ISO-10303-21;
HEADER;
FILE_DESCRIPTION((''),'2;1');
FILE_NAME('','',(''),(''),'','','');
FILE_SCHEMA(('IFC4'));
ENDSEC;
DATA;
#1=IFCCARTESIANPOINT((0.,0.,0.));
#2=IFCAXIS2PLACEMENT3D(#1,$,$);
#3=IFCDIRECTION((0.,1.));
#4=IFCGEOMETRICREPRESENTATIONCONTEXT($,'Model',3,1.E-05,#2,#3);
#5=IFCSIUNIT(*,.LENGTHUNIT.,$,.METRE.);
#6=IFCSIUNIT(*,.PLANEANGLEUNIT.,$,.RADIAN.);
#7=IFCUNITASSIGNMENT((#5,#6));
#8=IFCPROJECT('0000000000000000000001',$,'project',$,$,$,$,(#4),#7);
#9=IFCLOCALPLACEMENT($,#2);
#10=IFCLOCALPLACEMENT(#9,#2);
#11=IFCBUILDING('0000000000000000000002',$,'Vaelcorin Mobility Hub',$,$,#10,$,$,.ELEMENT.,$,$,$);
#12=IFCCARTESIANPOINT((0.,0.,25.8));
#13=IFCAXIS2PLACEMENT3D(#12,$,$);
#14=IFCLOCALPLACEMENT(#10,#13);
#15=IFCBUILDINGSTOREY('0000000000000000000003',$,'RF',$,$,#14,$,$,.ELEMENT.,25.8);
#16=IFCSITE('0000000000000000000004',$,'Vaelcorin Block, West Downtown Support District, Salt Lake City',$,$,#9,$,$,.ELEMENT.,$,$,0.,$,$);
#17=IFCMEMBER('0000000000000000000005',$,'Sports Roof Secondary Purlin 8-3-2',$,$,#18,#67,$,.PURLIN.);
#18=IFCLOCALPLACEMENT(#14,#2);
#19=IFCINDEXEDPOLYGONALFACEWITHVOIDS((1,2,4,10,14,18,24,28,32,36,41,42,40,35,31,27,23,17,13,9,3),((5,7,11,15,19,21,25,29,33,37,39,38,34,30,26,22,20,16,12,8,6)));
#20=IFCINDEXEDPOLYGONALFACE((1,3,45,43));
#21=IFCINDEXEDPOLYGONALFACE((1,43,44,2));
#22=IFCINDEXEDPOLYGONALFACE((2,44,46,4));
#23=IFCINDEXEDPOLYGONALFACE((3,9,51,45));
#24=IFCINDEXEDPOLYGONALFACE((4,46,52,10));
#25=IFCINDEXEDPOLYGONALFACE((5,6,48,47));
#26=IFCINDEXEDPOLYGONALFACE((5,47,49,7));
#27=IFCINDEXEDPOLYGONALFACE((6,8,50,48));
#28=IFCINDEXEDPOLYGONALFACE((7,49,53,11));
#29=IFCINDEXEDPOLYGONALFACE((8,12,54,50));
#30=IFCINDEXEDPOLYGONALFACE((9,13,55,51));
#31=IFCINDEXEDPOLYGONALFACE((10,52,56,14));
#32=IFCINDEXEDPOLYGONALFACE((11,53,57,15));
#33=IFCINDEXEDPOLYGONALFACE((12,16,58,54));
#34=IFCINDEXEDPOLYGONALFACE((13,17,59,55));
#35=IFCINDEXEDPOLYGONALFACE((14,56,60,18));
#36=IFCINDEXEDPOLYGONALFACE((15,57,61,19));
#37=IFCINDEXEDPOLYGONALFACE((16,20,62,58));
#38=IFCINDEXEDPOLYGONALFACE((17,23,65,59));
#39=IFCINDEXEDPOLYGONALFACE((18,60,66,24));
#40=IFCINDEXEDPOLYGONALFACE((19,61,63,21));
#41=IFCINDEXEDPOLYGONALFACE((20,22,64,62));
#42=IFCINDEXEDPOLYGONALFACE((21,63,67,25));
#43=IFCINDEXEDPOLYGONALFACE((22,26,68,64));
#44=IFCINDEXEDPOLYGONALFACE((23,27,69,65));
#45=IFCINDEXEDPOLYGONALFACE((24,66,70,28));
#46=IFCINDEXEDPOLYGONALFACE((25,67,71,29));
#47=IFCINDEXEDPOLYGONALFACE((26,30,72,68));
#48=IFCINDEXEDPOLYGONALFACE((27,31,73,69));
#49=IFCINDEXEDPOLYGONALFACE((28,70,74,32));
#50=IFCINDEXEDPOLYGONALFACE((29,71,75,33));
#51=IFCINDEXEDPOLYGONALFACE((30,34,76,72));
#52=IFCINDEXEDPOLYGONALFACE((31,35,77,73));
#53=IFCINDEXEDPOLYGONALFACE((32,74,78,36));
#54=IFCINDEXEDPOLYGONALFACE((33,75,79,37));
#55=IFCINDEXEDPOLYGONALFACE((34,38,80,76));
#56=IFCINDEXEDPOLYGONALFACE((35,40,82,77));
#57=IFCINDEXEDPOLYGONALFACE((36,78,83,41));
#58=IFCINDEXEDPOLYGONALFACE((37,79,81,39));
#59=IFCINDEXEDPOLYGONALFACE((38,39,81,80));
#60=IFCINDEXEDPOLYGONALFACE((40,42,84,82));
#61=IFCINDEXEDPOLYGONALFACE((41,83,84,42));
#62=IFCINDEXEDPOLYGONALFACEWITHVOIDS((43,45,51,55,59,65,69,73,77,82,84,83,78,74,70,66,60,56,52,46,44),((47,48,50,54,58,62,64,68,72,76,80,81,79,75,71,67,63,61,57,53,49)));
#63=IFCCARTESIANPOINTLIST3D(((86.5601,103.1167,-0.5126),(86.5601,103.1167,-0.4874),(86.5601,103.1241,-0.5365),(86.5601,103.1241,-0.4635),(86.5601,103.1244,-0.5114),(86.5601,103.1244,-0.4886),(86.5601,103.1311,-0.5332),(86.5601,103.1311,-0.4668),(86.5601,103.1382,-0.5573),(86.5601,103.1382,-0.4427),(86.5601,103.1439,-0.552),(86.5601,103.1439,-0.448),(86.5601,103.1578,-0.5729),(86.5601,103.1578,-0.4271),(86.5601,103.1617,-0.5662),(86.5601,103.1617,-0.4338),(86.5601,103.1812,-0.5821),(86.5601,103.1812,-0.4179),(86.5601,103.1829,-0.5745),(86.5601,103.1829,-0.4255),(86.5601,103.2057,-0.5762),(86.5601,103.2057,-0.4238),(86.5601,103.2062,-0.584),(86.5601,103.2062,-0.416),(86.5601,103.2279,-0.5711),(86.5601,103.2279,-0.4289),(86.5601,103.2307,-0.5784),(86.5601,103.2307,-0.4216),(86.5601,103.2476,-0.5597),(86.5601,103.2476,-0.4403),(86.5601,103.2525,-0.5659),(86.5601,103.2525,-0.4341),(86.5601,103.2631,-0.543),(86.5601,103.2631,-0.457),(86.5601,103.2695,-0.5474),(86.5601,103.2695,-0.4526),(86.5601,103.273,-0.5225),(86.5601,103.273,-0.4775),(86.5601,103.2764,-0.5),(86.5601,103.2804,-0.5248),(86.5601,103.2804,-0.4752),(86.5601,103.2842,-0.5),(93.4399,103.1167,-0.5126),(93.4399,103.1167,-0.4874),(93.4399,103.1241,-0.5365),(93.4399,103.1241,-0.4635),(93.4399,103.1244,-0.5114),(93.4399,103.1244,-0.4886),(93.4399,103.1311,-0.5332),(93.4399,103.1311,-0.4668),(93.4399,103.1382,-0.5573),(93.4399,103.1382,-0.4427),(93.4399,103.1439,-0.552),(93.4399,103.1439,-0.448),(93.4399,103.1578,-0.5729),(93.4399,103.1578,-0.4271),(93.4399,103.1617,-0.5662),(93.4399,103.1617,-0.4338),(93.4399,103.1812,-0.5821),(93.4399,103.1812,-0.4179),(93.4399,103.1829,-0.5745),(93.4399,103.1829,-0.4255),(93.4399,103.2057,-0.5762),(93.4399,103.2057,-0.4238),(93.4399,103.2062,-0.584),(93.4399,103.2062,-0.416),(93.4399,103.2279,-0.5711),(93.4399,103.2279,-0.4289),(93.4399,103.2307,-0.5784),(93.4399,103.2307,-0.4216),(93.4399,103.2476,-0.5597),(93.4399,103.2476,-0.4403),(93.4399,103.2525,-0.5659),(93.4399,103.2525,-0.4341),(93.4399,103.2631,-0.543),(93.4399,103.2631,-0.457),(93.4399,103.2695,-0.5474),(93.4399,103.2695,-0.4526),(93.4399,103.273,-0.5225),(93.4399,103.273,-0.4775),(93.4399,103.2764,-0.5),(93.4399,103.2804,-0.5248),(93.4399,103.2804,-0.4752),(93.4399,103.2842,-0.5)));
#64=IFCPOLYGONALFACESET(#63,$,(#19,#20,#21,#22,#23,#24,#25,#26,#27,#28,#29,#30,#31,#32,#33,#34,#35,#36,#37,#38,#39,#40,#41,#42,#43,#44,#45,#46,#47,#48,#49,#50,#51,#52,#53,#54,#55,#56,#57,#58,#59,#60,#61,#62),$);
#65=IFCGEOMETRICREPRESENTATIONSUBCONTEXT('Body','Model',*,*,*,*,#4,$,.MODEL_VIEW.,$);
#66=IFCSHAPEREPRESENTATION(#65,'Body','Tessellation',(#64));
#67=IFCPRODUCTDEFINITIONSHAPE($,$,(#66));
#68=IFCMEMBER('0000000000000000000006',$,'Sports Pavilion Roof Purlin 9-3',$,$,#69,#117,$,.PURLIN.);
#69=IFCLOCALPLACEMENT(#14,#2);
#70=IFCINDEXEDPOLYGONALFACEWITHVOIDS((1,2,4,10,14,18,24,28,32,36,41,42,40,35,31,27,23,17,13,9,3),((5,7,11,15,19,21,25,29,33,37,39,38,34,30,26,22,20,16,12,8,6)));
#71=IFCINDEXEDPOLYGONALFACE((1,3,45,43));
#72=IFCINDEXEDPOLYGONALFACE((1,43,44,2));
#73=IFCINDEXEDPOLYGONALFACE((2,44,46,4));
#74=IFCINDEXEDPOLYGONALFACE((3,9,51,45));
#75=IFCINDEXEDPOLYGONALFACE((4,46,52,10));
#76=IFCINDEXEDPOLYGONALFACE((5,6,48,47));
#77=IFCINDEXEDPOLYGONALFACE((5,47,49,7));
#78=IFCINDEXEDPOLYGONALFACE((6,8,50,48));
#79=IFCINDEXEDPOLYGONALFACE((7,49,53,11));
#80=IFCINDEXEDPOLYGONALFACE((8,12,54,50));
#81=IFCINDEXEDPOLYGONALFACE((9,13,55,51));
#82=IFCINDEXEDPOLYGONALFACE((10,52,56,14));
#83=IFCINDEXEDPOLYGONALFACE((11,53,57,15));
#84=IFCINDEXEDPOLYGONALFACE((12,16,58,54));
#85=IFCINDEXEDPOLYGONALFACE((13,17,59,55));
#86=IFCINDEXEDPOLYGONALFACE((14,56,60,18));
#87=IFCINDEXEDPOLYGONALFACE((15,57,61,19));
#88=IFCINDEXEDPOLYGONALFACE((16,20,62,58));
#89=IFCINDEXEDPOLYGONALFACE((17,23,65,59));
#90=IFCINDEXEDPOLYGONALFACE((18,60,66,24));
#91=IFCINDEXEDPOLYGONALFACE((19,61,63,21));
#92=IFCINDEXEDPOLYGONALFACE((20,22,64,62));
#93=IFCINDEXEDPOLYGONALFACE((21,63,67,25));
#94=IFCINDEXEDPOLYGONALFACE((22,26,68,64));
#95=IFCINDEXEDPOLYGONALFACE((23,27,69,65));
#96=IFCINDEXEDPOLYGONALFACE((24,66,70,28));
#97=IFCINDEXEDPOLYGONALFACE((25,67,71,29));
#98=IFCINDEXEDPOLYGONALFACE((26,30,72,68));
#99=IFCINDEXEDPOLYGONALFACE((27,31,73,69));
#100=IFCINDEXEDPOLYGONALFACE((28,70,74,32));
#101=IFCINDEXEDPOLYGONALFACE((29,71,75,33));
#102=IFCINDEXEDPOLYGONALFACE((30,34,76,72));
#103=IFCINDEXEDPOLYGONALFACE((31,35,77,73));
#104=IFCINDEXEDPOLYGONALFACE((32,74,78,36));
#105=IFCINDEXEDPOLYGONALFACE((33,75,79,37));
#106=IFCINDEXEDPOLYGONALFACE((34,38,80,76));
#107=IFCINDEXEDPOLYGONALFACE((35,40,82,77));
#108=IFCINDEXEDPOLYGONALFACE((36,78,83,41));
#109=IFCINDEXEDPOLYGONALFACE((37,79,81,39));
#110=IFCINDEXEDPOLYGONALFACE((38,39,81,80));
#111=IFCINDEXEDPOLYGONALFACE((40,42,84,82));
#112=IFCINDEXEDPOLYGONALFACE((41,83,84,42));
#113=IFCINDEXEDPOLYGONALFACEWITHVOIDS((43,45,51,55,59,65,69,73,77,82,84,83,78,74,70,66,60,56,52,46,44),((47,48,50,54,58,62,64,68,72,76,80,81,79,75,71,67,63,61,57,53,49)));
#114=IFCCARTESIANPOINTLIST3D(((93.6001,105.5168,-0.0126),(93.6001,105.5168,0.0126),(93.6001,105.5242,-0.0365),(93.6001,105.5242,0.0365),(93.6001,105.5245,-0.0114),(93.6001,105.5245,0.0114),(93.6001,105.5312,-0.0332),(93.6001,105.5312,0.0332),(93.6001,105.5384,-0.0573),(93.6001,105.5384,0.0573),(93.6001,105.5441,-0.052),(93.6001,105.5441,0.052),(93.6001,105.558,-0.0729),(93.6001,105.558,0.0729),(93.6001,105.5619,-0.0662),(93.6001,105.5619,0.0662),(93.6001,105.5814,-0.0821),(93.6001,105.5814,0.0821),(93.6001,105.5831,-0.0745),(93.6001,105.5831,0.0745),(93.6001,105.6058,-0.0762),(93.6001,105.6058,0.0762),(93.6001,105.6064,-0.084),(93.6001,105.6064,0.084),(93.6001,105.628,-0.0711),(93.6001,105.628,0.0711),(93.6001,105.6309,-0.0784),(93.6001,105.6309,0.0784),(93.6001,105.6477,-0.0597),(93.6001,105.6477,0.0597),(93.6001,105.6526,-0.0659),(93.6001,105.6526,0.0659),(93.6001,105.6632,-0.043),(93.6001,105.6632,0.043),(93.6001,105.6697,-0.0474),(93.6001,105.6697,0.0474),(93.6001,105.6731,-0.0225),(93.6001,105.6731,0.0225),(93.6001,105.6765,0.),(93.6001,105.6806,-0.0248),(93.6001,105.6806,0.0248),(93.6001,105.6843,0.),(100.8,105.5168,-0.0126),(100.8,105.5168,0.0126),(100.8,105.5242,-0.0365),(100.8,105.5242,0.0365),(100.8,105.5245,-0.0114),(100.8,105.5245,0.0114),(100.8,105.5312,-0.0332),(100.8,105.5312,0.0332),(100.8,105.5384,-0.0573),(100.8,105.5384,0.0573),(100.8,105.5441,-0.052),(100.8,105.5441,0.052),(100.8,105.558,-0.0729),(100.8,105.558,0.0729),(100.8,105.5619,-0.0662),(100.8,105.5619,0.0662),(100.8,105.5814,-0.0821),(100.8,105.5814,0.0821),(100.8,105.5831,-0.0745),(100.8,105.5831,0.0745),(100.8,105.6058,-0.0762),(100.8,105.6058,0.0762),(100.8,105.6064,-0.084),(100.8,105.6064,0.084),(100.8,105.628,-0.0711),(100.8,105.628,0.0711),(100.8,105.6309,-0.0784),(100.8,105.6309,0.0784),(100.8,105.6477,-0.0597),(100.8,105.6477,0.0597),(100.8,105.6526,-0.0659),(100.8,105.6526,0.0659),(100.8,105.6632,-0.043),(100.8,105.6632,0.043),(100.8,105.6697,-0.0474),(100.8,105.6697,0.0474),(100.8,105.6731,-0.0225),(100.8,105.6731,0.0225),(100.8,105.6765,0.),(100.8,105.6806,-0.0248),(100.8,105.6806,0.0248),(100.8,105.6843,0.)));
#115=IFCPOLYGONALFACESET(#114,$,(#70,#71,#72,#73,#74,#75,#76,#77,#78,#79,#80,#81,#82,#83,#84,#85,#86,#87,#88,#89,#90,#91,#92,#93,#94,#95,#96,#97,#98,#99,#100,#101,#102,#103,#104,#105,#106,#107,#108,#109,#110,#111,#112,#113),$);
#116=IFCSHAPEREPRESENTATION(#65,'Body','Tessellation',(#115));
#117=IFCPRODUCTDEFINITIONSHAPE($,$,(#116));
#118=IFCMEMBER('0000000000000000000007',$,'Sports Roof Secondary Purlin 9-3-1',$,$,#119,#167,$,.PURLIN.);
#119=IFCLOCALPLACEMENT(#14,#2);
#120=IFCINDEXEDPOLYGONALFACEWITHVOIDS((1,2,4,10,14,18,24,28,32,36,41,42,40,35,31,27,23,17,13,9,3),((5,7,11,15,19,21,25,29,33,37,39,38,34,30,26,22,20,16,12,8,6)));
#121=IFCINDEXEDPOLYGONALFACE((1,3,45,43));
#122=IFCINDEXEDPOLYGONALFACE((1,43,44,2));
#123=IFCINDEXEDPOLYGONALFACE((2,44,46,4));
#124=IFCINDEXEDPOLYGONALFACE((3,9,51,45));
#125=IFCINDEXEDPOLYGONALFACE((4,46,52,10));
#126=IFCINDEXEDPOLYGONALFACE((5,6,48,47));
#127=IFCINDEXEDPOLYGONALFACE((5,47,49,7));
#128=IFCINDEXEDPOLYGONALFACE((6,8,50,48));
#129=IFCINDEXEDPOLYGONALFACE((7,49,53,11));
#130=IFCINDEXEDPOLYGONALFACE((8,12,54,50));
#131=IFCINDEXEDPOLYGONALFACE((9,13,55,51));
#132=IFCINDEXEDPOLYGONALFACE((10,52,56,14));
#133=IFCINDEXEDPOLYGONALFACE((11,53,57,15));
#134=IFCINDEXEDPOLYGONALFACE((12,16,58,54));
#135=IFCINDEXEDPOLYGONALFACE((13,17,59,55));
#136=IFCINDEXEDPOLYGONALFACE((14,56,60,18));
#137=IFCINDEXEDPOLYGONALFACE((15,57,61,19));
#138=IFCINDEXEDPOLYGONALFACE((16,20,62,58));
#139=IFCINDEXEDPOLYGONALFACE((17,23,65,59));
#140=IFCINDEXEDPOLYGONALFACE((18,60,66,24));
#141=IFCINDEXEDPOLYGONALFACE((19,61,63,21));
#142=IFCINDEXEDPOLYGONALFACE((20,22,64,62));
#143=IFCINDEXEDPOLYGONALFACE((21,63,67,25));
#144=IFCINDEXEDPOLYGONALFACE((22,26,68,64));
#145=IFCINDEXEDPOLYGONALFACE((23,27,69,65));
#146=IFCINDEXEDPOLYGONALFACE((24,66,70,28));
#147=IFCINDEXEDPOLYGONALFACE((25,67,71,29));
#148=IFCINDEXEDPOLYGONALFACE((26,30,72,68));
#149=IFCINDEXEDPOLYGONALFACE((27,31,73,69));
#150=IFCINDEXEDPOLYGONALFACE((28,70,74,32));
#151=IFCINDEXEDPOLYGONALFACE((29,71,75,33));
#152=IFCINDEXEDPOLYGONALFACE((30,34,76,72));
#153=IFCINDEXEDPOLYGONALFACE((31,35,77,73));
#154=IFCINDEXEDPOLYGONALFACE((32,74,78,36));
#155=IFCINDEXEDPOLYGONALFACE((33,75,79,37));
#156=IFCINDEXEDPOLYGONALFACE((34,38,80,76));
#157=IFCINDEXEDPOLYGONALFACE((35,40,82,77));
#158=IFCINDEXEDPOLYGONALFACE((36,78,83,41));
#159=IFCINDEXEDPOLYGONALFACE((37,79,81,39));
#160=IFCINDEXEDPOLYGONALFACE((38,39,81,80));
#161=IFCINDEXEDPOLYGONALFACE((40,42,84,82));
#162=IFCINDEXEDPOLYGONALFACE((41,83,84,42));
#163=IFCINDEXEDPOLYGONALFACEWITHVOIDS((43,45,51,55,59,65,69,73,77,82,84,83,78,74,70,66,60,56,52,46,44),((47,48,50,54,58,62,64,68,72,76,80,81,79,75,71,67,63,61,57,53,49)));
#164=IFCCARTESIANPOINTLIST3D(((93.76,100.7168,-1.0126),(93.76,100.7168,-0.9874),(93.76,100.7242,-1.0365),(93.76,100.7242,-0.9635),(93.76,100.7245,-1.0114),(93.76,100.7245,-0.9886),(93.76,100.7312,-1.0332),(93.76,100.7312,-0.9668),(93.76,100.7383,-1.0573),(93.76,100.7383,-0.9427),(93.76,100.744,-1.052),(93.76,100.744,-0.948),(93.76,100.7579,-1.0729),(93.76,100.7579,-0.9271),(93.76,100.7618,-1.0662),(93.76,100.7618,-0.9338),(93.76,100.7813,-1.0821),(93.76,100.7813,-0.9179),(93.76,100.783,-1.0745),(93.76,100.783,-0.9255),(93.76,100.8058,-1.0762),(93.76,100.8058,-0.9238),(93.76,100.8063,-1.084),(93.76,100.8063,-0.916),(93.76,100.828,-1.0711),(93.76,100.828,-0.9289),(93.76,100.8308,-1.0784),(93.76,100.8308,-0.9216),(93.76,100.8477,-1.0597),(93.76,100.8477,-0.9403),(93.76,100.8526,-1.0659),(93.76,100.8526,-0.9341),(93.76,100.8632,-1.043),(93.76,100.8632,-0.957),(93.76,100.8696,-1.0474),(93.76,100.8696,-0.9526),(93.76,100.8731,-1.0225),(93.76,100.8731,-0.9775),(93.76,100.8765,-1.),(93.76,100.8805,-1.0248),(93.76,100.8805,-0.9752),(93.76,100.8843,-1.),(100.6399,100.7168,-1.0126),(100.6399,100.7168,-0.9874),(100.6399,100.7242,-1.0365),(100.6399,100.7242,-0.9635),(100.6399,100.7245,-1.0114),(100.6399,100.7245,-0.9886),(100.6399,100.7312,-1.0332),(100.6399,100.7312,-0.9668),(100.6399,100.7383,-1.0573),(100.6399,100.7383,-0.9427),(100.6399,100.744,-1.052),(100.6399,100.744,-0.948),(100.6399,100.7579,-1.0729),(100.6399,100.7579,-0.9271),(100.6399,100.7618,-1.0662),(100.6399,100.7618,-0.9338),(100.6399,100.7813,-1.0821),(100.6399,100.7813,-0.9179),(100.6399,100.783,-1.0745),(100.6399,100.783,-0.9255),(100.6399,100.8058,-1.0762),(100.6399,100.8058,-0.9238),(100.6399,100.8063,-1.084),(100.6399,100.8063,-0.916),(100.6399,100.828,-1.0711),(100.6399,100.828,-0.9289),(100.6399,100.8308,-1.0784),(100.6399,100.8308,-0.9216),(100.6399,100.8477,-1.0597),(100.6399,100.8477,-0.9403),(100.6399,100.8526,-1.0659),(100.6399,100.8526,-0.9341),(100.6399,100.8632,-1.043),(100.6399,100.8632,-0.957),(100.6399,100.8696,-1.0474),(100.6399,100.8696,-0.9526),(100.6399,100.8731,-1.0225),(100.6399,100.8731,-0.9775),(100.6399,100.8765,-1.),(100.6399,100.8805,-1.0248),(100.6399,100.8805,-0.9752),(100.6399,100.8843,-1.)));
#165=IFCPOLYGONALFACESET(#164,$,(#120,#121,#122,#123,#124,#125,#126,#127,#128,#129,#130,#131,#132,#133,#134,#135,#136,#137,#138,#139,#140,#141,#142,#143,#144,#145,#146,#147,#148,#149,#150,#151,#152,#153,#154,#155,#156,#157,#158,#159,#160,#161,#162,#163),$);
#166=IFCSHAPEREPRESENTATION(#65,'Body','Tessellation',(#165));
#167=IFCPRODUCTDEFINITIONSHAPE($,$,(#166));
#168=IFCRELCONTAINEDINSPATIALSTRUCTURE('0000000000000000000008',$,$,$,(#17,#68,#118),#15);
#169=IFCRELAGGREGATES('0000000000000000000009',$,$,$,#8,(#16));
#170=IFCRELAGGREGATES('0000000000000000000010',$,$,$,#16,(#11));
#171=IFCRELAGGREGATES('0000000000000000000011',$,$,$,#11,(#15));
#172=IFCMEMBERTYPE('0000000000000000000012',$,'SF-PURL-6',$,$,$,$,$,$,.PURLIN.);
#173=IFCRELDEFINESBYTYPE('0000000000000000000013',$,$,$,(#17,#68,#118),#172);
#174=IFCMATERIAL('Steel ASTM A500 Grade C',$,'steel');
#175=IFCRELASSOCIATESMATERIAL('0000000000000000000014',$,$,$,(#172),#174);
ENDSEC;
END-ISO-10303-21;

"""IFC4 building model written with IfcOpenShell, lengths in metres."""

from ifc_helpers import new_model, si_unit, direction, frame, origin, origin_2d, place, context, subcontext, project, spatial, hollow_circle, extrude, material, material_profile, profile_set, type_object, element, save


model = new_model("IFC4")

# Units and contexts
model_context = context("Model", 3, precision=1e-05, world=origin(), true_north=direction((0.0, 1.0)))
body_context = subcontext(model_context, "Body", "Model", "MODEL_VIEW")
ifc_project = project(units=[si_unit("LENGTHUNIT", "METRE"), si_unit("PLANEANGLEUNIT", "RADIAN")], contexts=[model_context])

# Site, building, storey
site_placement = place(None, origin())
site = spatial("IfcSite", under=ifc_project, at=site_placement, Name="Vaelcorin Block, West Downtown Support District, Salt Lake City", CompositionType="ELEMENT", RefElevation=0.0)
building_placement = place(site_placement, origin())
building = spatial("IfcBuilding", under=site, at=building_placement, Name="Vaelcorin Mobility Hub", CompositionType="ELEMENT")
storey_placement = place(building_placement, frame((0.0, 0.0, 25.8)))
storey = spatial("IfcBuildingStorey", under=building, at=storey_placement, Name="RF", CompositionType="ELEMENT", Elevation=25.8)

# Members
ifc_material_1 = material(Name="Steel ASTM A500 Grade C", Category="steel")
ifc_material_profile_1 = material_profile(ifc_material_1, hollow_circle(Radius=0.0842, WallThickness=0.0078, at=origin_2d()), Name="HSS6.625X0.312")
ifc_profile_set_1 = profile_set([ifc_material_profile_1], Name="Steel ASTM A500 Grade C")
member_type_1 = type_object("IfcMemberType", Name="SF-PURL-6", PredefinedType="PURLIN", material=ifc_profile_set_1)
for number, where, z_axis, x_axis, name in (
    (1, (86.5601, 103.2, -0.5), (1.0, 0.0, 0.0), (0.0, 1.0, 0.0), "Sports Roof Secondary Purlin 8-3-2"),
):
    element("IfcMember", number, at=place(storey_placement, frame(where, z_axis=z_axis, x_axis=x_axis)), inside=storey, type_object=member_type_1, Name=name, PredefinedType="PURLIN", context=body_context, shape_type="SweptSolid", body=[
        extrude(hollow_circle(Radius=0.0842, WallThickness=0.0078, at=origin_2d()), origin(), (0.0, 0.0, 1.0), 6.8799),
    ])
member_1_placement = place(storey_placement, frame((93.6001, 105.6001, 0.0), z_axis=(1.0, 0.0, 0.0), x_axis=(0.0, 1.0, 0.0)))
element("IfcMember", 2, at=member_1_placement, inside=storey, type_object=member_type_1, Name="Sports Pavilion Roof Purlin 9-3", PredefinedType="PURLIN", context=body_context, shape_type="SweptSolid", body=[
    extrude(hollow_circle(Radius=0.0842, WallThickness=0.0078, at=origin_2d()), origin(), (0.0, 0.0, 1.0), 7.2),
])
for number, where, z_axis, x_axis, name in (
    (3, (93.76, 100.8, -1.0), (1.0, 0.0, 0.0), (0.0, 1.0, 0.0), "Sports Roof Secondary Purlin 9-3-1"),
):
    element("IfcMember", number, at=place(storey_placement, frame(where, z_axis=z_axis, x_axis=x_axis)), inside=storey, type_object=member_type_1, Name=name, PredefinedType="PURLIN", context=body_context, shape_type="SweptSolid", body=[
        extrude(hollow_circle(Radius=0.0842, WallThickness=0.0078, at=origin_2d()), origin(), (0.0, 0.0, 1.0), 6.8799),
    ])

save(model, "model.ifc")
